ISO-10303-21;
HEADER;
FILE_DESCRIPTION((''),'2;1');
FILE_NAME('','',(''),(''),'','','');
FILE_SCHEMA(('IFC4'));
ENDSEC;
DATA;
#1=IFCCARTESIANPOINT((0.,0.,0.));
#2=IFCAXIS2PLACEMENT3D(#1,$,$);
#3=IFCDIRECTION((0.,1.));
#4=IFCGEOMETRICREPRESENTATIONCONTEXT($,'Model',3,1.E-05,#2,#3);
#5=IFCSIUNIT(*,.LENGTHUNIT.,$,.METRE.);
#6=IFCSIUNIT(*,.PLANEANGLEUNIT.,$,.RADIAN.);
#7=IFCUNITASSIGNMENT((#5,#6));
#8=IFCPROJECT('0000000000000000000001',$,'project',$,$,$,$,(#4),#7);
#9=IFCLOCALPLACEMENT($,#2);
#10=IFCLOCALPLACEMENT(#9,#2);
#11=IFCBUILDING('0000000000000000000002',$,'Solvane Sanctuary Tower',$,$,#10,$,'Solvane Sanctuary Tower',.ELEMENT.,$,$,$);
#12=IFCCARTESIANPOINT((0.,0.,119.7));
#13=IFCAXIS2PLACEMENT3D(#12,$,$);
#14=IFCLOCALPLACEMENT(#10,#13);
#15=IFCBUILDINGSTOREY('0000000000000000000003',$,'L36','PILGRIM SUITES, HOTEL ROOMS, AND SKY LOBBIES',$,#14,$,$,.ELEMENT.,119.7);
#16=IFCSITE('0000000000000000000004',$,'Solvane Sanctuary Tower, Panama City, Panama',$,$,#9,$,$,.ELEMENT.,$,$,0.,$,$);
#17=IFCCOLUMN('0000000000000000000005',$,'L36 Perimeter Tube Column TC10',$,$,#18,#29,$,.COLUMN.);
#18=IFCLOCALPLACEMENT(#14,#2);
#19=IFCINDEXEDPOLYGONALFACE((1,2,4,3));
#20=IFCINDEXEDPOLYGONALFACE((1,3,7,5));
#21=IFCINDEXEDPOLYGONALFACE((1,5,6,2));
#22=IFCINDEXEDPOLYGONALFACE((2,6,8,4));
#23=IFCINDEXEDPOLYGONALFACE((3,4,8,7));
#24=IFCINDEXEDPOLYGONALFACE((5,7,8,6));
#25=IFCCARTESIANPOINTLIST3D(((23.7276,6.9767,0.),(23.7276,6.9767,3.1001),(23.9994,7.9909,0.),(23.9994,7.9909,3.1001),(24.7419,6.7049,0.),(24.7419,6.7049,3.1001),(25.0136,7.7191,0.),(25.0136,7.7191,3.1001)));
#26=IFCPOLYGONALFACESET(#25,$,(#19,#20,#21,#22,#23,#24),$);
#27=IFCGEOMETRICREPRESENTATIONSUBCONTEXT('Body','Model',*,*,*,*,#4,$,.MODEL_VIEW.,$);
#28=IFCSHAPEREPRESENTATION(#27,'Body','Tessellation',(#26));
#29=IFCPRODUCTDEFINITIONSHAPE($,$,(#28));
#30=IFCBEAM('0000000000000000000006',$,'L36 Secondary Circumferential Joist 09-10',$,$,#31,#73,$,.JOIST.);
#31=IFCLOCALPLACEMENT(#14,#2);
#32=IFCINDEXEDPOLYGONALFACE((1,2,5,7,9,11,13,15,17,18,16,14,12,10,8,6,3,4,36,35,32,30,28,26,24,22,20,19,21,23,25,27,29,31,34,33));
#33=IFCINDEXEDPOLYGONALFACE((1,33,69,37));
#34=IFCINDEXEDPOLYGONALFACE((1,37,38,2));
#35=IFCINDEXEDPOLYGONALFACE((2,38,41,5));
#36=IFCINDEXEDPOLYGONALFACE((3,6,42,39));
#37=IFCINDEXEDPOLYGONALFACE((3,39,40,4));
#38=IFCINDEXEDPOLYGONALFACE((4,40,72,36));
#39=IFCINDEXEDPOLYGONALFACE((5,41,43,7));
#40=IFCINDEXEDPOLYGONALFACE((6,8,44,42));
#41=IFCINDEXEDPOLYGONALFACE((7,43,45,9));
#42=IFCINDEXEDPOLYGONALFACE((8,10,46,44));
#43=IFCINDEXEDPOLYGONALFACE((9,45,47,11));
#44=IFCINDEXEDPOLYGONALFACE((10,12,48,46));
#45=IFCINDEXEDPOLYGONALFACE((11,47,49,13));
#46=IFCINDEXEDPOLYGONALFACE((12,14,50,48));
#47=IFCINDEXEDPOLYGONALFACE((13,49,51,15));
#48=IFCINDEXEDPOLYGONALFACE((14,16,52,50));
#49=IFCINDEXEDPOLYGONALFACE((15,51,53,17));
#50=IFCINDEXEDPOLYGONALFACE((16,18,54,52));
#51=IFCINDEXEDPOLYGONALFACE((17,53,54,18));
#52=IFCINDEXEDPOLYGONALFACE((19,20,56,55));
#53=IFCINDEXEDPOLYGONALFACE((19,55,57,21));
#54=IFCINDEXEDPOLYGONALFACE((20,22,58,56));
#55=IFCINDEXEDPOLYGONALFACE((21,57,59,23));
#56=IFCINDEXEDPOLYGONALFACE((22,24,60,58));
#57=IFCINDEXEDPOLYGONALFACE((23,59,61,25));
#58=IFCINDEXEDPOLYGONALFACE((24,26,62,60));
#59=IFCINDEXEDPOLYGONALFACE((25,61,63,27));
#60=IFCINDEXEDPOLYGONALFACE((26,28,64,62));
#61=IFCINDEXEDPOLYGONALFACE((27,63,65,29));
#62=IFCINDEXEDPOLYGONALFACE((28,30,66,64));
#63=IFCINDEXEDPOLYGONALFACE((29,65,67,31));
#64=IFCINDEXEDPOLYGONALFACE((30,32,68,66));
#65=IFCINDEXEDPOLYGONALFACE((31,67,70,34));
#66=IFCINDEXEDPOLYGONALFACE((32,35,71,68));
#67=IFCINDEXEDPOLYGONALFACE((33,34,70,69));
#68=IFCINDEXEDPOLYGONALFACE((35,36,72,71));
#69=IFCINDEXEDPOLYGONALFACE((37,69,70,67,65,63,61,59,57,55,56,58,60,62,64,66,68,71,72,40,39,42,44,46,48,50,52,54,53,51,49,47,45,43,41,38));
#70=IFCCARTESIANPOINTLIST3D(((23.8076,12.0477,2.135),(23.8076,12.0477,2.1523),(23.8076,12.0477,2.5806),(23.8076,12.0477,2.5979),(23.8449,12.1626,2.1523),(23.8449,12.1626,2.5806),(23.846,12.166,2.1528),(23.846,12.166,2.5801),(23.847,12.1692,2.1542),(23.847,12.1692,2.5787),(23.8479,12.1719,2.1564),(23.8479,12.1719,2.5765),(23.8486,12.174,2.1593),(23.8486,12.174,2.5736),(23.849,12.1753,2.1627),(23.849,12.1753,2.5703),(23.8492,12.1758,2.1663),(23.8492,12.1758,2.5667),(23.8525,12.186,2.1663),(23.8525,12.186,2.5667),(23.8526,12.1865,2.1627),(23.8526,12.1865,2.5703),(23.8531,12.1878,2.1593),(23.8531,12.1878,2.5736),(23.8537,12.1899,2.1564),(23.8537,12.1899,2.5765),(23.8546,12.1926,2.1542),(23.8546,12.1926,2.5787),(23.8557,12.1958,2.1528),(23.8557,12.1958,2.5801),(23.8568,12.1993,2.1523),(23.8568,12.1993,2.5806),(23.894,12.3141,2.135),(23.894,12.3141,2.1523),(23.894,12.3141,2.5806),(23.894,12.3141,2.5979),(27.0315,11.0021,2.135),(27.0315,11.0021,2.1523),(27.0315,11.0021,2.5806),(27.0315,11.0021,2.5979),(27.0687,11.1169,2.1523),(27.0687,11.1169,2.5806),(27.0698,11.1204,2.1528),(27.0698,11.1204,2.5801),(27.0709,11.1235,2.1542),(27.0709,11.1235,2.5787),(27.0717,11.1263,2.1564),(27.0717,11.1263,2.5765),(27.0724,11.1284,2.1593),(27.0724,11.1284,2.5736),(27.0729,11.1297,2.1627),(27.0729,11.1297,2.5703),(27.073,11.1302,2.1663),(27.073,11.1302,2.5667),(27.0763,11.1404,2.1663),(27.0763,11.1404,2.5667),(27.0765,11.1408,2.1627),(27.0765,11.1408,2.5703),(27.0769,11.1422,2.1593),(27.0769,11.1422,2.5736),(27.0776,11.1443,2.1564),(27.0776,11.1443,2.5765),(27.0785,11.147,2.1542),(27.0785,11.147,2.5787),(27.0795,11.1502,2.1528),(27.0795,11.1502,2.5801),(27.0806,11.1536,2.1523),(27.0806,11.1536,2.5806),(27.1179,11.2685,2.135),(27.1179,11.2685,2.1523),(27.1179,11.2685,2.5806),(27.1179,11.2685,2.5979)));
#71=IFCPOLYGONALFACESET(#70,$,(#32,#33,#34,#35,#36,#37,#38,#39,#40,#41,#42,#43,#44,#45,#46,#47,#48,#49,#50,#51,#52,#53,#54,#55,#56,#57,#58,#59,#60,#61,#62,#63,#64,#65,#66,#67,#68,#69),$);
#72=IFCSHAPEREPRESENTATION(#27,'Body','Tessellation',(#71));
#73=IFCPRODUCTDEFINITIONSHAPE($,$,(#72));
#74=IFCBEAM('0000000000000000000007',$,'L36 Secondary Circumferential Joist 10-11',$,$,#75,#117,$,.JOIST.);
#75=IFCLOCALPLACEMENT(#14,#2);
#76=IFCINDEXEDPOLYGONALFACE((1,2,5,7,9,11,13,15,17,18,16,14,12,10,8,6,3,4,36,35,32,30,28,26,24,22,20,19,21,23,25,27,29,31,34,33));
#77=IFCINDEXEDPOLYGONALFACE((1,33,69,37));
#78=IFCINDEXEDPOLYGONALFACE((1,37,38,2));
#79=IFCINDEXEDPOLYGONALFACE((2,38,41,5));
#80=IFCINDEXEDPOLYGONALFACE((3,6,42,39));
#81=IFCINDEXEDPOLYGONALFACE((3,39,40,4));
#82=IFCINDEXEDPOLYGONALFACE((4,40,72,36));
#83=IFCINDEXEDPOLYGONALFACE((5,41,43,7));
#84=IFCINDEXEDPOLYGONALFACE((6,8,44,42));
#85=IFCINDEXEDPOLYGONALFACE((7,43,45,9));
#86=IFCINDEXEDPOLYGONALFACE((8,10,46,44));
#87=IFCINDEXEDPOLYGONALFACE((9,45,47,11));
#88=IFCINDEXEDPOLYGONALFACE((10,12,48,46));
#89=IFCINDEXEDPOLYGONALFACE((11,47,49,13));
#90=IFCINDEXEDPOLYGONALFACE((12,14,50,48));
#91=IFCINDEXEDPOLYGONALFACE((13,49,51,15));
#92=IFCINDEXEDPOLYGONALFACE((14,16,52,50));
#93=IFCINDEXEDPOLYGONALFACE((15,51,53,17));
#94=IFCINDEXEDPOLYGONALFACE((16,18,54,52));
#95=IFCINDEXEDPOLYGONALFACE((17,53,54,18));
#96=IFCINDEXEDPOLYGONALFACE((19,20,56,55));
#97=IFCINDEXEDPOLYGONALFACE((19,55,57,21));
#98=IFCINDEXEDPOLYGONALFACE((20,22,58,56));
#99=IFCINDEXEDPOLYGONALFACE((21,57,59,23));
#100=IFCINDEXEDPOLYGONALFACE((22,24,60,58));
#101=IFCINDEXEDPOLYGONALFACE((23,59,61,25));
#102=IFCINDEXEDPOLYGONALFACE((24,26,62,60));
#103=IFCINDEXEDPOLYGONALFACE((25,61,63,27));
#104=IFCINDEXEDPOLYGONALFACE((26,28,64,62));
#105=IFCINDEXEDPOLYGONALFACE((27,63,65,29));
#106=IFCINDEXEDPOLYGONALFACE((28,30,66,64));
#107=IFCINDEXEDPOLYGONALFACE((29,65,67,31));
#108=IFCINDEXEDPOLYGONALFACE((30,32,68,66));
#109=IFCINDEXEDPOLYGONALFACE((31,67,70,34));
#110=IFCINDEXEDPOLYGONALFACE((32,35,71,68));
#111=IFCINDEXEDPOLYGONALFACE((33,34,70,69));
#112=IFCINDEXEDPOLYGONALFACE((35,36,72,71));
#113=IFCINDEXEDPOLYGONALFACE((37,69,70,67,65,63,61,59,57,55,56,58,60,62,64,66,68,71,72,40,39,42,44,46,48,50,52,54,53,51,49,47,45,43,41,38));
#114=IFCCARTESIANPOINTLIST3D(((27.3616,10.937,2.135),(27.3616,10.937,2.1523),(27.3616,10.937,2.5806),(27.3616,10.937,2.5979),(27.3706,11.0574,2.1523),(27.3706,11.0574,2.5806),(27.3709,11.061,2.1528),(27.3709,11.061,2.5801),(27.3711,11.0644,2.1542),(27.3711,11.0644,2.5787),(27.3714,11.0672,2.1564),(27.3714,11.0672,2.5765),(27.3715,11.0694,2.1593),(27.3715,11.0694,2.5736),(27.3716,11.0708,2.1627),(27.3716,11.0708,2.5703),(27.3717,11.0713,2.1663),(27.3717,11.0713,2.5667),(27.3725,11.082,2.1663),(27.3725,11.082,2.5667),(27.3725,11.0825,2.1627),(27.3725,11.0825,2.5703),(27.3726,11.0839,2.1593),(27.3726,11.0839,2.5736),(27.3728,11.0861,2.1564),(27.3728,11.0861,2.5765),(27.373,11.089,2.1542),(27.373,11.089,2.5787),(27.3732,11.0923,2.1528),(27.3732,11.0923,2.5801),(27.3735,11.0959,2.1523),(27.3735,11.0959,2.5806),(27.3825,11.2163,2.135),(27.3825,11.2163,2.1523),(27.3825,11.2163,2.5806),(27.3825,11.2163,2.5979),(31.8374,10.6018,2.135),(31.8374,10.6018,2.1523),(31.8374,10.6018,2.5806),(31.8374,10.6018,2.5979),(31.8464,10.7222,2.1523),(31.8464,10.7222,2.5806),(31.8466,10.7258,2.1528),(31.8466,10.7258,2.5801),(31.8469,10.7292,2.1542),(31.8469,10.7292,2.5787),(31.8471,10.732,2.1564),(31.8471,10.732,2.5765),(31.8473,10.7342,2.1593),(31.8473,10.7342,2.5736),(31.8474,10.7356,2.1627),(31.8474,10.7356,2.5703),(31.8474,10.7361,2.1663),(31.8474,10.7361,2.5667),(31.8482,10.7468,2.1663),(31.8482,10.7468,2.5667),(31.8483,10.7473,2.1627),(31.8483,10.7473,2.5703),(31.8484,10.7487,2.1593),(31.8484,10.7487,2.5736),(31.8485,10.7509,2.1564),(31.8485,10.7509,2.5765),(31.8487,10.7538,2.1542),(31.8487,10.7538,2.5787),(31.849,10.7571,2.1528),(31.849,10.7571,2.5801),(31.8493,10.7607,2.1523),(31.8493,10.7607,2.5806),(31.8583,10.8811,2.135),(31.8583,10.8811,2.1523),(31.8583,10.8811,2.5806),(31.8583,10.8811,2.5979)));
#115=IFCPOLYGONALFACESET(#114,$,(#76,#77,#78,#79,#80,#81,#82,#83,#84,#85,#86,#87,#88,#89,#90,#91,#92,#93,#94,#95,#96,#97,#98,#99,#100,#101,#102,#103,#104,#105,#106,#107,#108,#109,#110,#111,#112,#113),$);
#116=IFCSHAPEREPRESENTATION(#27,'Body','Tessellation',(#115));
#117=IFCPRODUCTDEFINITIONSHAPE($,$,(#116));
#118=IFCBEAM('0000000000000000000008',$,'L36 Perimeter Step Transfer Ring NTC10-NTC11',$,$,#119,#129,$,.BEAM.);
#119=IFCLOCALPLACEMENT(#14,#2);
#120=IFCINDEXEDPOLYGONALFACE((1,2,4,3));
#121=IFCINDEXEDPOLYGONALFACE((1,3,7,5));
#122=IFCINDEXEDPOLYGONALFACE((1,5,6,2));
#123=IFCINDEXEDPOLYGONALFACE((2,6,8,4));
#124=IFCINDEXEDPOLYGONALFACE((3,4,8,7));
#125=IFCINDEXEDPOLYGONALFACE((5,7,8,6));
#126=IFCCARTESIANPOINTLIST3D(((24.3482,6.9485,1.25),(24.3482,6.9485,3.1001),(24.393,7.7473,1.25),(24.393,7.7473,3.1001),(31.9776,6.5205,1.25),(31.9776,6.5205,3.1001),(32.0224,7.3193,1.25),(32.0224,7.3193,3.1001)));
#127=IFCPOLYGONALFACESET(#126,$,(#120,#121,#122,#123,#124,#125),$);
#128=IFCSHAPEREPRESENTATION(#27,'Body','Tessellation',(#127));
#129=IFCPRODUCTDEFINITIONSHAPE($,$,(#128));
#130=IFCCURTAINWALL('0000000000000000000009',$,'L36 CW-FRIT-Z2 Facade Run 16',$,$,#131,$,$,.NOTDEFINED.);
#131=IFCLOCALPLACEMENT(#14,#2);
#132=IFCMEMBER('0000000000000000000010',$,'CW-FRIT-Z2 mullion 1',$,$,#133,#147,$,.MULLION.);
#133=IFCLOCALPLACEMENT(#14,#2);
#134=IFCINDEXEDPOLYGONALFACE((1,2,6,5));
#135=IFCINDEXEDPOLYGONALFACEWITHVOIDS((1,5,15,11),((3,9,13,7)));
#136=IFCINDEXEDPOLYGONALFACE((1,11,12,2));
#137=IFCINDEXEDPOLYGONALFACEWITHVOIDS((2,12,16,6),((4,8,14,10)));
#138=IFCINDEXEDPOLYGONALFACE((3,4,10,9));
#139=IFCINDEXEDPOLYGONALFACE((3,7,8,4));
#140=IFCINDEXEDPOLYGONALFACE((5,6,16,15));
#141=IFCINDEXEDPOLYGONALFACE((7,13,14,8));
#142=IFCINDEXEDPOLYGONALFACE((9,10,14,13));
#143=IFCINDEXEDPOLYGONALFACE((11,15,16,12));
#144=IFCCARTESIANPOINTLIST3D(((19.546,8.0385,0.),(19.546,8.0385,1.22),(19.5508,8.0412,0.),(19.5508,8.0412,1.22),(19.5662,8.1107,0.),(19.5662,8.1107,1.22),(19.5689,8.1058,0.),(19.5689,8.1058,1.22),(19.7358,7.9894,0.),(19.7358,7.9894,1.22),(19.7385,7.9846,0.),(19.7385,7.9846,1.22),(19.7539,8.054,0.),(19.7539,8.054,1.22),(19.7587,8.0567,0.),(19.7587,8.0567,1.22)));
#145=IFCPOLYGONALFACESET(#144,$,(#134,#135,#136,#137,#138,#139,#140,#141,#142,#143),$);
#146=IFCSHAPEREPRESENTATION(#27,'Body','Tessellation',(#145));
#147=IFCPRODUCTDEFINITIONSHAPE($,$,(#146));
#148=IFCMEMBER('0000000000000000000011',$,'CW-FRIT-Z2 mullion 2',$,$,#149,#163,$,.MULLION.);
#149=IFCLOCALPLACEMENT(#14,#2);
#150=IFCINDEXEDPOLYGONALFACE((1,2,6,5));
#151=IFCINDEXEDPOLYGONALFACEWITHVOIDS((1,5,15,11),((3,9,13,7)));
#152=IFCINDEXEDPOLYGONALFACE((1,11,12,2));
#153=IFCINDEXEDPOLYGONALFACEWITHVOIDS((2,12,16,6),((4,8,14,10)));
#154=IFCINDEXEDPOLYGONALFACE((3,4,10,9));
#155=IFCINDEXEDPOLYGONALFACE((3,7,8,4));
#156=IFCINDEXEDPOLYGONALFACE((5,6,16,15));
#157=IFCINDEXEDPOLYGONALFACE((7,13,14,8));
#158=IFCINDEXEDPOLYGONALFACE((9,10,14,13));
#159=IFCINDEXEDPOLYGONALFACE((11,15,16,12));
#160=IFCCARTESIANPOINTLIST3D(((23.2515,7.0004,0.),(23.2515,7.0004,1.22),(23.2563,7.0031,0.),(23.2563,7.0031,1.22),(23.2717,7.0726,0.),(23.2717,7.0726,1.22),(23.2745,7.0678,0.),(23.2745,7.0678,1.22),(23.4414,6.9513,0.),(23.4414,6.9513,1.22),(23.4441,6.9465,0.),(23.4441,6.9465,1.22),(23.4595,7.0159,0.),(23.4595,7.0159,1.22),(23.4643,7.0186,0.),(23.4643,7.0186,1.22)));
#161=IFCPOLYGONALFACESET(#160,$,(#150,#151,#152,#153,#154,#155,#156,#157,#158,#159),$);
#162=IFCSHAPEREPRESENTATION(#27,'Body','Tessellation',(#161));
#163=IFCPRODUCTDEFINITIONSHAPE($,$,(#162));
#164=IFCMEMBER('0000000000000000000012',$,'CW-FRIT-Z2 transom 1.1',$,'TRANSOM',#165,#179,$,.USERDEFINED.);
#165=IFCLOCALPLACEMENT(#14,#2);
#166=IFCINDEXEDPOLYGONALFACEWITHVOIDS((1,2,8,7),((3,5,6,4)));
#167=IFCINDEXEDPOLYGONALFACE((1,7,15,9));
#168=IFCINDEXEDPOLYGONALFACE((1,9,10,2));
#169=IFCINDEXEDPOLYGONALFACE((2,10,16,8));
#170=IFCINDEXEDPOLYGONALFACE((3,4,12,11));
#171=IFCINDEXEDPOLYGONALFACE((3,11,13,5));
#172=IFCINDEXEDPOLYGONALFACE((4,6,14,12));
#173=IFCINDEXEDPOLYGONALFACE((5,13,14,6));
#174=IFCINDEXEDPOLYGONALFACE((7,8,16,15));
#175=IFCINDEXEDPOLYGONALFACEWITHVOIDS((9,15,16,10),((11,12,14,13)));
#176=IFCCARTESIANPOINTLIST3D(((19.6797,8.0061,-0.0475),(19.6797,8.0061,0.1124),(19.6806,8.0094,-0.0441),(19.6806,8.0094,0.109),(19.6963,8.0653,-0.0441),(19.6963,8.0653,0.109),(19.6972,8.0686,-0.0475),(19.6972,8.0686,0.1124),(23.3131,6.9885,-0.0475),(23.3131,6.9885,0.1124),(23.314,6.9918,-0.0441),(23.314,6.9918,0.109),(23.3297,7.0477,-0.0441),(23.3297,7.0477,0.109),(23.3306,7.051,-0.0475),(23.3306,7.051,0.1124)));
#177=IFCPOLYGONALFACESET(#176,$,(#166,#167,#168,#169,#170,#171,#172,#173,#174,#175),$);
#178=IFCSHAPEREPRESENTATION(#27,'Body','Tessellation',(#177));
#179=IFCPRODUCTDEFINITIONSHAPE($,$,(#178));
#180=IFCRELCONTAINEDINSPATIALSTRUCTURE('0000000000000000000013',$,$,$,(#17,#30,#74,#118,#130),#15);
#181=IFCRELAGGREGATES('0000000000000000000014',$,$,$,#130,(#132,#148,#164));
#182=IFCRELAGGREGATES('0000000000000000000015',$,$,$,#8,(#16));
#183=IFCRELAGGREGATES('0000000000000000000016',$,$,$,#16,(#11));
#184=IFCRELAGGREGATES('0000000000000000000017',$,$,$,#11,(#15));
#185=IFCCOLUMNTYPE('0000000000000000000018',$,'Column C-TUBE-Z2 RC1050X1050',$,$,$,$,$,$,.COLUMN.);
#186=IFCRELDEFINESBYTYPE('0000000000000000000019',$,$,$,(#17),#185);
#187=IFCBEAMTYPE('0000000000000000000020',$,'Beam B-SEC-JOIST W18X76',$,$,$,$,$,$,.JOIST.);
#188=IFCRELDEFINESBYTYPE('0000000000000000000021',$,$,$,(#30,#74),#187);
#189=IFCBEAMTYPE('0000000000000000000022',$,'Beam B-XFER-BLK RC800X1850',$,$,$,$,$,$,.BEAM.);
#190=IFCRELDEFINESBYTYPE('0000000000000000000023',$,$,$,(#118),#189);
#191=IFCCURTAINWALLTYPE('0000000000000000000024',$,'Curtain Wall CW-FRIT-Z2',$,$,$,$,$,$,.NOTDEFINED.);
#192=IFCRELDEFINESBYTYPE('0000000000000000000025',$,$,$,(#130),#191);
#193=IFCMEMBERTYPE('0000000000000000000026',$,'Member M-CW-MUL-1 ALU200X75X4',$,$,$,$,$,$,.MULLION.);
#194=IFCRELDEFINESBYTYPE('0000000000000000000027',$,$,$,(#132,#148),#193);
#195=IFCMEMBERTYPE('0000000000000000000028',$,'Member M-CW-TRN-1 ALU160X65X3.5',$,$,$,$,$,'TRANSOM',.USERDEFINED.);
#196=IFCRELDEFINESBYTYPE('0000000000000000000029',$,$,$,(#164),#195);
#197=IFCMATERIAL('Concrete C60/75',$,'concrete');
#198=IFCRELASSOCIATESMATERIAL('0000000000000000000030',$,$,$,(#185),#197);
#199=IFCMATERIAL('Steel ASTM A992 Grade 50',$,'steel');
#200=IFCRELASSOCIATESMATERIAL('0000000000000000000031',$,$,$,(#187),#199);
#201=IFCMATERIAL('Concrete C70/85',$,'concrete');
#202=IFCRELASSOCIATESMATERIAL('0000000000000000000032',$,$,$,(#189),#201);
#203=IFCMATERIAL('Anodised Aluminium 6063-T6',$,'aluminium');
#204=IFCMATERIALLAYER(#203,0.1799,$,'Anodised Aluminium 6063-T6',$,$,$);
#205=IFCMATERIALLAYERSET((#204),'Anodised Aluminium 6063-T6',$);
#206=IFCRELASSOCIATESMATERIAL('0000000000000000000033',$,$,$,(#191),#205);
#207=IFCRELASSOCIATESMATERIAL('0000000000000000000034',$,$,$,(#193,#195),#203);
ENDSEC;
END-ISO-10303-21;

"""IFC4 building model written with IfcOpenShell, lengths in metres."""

from ifc_helpers import new_model, si_unit, direction, frame, origin, origin_2d, place, context, subcontext, project, spatial, rectangle, hollow_rectangle, i_section, extrude, material, layer, layer_set, material_profile, profile_set, type_object, element, aggregate, save


model = new_model("IFC4")

# Units and contexts
model_context = context("Model", 3, precision=1e-05, world=origin(), true_north=direction((0.0, 1.0)))
body_context = subcontext(model_context, "Body", "Model", "MODEL_VIEW")
ifc_project = project(units=[si_unit("LENGTHUNIT", "METRE"), si_unit("PLANEANGLEUNIT", "RADIAN")], contexts=[model_context])

# Site, building, storey
site_placement = place(None, origin())
site = spatial("IfcSite", under=ifc_project, at=site_placement, Name="Solvane Sanctuary Tower, Panama City, Panama", CompositionType="ELEMENT", RefElevation=0.0)
building_placement = place(site_placement, origin())
building = spatial("IfcBuilding", under=site, at=building_placement, Name="Solvane Sanctuary Tower", LongName="Solvane Sanctuary Tower", CompositionType="ELEMENT")
storey_placement = place(building_placement, frame((0.0, 0.0, 119.7)))
storey = spatial("IfcBuildingStorey", under=building, at=storey_placement, Name="L36", Description="PILGRIM SUITES, HOTEL ROOMS, AND SKY LOBBIES", CompositionType="ELEMENT", Elevation=119.7)

# Column
ifc_material_1 = material(Name="Concrete C60/75", Category="concrete")
ifc_material_profile_1 = material_profile(ifc_material_1, rectangle(XDim=1.05, YDim=1.05, at=origin_2d()), Name="RC1050X1050")
ifc_profile_set_1 = profile_set([ifc_material_profile_1], Name="Concrete C60/75")
column_type = type_object("IfcColumnType", Name="Column C-TUBE-Z2 RC1050X1050", PredefinedType="COLUMN", material=ifc_profile_set_1)
column_placement = place(storey_placement, frame((24.3706, 7.3479, 0.0), z_axis=(0.0, 0.0, 1.0), x_axis=(-0.258819, -0.965926, 0.0)))
element("IfcColumn", 1, at=column_placement, inside=storey, type_object=column_type, Name="L36 Perimeter Tube Column TC10", PredefinedType="COLUMN", context=body_context, shape_type="SweptSolid", body=[
    extrude(rectangle(XDim=1.05, YDim=1.05, at=origin_2d()), origin(), (0.0, 0.0, 1.0), 3.1001),
])

# Beams
ifc_material_2 = material(Name="Steel ASTM A992 Grade 50", Category="steel")
ifc_material_profile_2 = material_profile(ifc_material_2, i_section(OverallWidth=0.28, OverallDepth=0.4629, WebThickness=0.0107, FlangeThickness=0.0173, FilletRadius=0.0139, at=origin_2d()), Name="W18X76")
ifc_profile_set_2 = profile_set([ifc_material_profile_2], Name="Steel ASTM A992 Grade 50")
beam_type_1 = type_object("IfcBeamType", Name="Beam B-SEC-JOIST W18X76", PredefinedType="JOIST", material=ifc_profile_set_2)
beam_1_placement = place(storey_placement, frame((23.8508, 12.1809, 2.3665), z_axis=(0.951217, -0.308524, 0.0), x_axis=(0.308524, 0.951217, 0.0)))
element("IfcBeam", 2, at=beam_1_placement, inside=storey, type_object=beam_type_1, Name="L36 Secondary Circumferential Joist 09-10", PredefinedType="JOIST", context=body_context, shape_type="SweptSolid", body=[
    extrude(i_section(OverallWidth=0.28, OverallDepth=0.4629, WebThickness=0.0107, FlangeThickness=0.0173, FilletRadius=0.0139, at=origin_2d()), origin(), (0.0, 0.0, 1.0), 3.3892),
])
beam_2_placement = place(storey_placement, frame((27.3721, 11.0767, 2.3665), z_axis=(0.997207, -0.074683, 0.0), x_axis=(0.074683, 0.997207, 0.0)))
element("IfcBeam", 3, at=beam_2_placement, inside=storey, type_object=beam_type_1, Name="L36 Secondary Circumferential Joist 10-11", PredefinedType="JOIST", context=body_context, shape_type="SweptSolid", body=[
    extrude(i_section(OverallWidth=0.28, OverallDepth=0.4629, WebThickness=0.0107, FlangeThickness=0.0173, FilletRadius=0.0139, at=origin_2d()), origin(), (0.0, 0.0, 1.0), 4.4883),
])
ifc_material_3 = material(Name="Concrete C70/85", Category="concrete")
ifc_material_profile_3 = material_profile(ifc_material_3, rectangle(XDim=0.8, YDim=1.8501, at=origin_2d()), Name="RC800X1850")
ifc_profile_set_3 = profile_set([ifc_material_profile_3], Name="Concrete C70/85")
beam_type_2 = type_object("IfcBeamType", Name="Beam B-XFER-BLK RC800X1850", PredefinedType="BEAM", material=ifc_profile_set_3)
beam_3_placement = place(storey_placement, frame((24.3706, 7.3479, 2.175), z_axis=(0.99843, -0.056008, 0.0), x_axis=(0.056008, 0.99843, 0.0)))
element("IfcBeam", 4, at=beam_3_placement, inside=storey, type_object=beam_type_2, Name="L36 Perimeter Step Transfer Ring NTC10-NTC11", PredefinedType="BEAM", context=body_context, shape_type="SweptSolid", body=[
    extrude(rectangle(XDim=0.8, YDim=1.8501, at=origin_2d()), origin(), (0.0, 0.0, 1.0), 7.6414),
])

# Curtain wall, members
ifc_material_4 = material(Name="Anodised Aluminium 6063-T6", Category="aluminium")
ifc_layer_1 = layer(ifc_material_4, 0.1799, Name="Anodised Aluminium 6063-T6")
ifc_layer_set_1 = layer_set([ifc_layer_1], Name="Anodised Aluminium 6063-T6")
curtain_wall_type = type_object("IfcCurtainWallType", Name="Curtain Wall CW-FRIT-Z2", PredefinedType="NOTDEFINED", material=ifc_layer_set_1)
curtain_wall_placement = place(storey_placement, origin())
curtain_wall = element("IfcCurtainWall", 5, at=curtain_wall_placement, inside=storey, type_object=curtain_wall_type, Name="L36 CW-FRIT-Z2 Facade Run 16", PredefinedType="NOTDEFINED")
ifc_material_profile_4 = material_profile(ifc_material_4, hollow_rectangle(XDim=0.075, YDim=0.2, WallThickness=0.0039, at=origin_2d()), Name="ALU200X75X4")
ifc_profile_set_4 = profile_set([ifc_material_profile_4], Name="Anodised Aluminium 6063-T6")
member_type_1 = type_object("IfcMemberType", Name="Member M-CW-MUL-1 ALU200X75X4", PredefinedType="MULLION", material=ifc_profile_set_4)
member_1_placement = place(storey_placement, frame((19.6523, 8.0476, 0.0), z_axis=(0.0, 0.0, 1.0), x_axis=(0.269705, 0.962943, 0.0)))
member_1 = element("IfcMember", 6, at=member_1_placement, type_object=member_type_1, Name="CW-FRIT-Z2 mullion 1", PredefinedType="MULLION", context=body_context, shape_type="SweptSolid", body=[
    extrude(hollow_rectangle(XDim=0.075, YDim=0.2, WallThickness=0.0039, at=origin_2d()), origin(), (0.0, 0.0, 1.0), 1.22),
])
member_2_placement = place(storey_placement, frame((23.3579, 7.0095, 0.0), z_axis=(0.0, 0.0, 1.0), x_axis=(0.269705, 0.962943, 0.0)))
member_2 = element("IfcMember", 7, at=member_2_placement, type_object=member_type_1, Name="CW-FRIT-Z2 mullion 2", PredefinedType="MULLION", context=body_context, shape_type="SweptSolid", body=[
    extrude(hollow_rectangle(XDim=0.075, YDim=0.2, WallThickness=0.0039, at=origin_2d()), origin(), (0.0, 0.0, 1.0), 1.22),
])
ifc_material_profile_5 = material_profile(ifc_material_4, hollow_rectangle(XDim=0.0649, YDim=0.1599, WallThickness=0.0034, at=origin_2d()), Name="ALU160X65X3.5")
ifc_profile_set_5 = profile_set([ifc_material_profile_5], Name="Anodised Aluminium 6063-T6")
member_type_2 = type_object("IfcMemberType", Name="Member M-CW-TRN-1 ALU160X65X3.5", ElementType="TRANSOM", PredefinedType="USERDEFINED", material=ifc_profile_set_5)
member_3_placement = place(storey_placement, frame((19.6885, 8.0374, 0.0325), z_axis=(0.962947, -0.269692, 0.0), x_axis=(0.269692, 0.962947, 0.0)))
member_3 = element("IfcMember", 8, at=member_3_placement, type_object=member_type_2, Name="CW-FRIT-Z2 transom 1.1", ObjectType="TRANSOM", PredefinedType="USERDEFINED", context=body_context, shape_type="SweptSolid", body=[
    extrude(hollow_rectangle(XDim=0.0649, YDim=0.1599, WallThickness=0.0034, at=origin_2d()), origin(), (0.0, 0.0, 1.0), 3.7732),
])
aggregate(curtain_wall, [member_1, member_2, member_3])

save(model, "model.ifc")
